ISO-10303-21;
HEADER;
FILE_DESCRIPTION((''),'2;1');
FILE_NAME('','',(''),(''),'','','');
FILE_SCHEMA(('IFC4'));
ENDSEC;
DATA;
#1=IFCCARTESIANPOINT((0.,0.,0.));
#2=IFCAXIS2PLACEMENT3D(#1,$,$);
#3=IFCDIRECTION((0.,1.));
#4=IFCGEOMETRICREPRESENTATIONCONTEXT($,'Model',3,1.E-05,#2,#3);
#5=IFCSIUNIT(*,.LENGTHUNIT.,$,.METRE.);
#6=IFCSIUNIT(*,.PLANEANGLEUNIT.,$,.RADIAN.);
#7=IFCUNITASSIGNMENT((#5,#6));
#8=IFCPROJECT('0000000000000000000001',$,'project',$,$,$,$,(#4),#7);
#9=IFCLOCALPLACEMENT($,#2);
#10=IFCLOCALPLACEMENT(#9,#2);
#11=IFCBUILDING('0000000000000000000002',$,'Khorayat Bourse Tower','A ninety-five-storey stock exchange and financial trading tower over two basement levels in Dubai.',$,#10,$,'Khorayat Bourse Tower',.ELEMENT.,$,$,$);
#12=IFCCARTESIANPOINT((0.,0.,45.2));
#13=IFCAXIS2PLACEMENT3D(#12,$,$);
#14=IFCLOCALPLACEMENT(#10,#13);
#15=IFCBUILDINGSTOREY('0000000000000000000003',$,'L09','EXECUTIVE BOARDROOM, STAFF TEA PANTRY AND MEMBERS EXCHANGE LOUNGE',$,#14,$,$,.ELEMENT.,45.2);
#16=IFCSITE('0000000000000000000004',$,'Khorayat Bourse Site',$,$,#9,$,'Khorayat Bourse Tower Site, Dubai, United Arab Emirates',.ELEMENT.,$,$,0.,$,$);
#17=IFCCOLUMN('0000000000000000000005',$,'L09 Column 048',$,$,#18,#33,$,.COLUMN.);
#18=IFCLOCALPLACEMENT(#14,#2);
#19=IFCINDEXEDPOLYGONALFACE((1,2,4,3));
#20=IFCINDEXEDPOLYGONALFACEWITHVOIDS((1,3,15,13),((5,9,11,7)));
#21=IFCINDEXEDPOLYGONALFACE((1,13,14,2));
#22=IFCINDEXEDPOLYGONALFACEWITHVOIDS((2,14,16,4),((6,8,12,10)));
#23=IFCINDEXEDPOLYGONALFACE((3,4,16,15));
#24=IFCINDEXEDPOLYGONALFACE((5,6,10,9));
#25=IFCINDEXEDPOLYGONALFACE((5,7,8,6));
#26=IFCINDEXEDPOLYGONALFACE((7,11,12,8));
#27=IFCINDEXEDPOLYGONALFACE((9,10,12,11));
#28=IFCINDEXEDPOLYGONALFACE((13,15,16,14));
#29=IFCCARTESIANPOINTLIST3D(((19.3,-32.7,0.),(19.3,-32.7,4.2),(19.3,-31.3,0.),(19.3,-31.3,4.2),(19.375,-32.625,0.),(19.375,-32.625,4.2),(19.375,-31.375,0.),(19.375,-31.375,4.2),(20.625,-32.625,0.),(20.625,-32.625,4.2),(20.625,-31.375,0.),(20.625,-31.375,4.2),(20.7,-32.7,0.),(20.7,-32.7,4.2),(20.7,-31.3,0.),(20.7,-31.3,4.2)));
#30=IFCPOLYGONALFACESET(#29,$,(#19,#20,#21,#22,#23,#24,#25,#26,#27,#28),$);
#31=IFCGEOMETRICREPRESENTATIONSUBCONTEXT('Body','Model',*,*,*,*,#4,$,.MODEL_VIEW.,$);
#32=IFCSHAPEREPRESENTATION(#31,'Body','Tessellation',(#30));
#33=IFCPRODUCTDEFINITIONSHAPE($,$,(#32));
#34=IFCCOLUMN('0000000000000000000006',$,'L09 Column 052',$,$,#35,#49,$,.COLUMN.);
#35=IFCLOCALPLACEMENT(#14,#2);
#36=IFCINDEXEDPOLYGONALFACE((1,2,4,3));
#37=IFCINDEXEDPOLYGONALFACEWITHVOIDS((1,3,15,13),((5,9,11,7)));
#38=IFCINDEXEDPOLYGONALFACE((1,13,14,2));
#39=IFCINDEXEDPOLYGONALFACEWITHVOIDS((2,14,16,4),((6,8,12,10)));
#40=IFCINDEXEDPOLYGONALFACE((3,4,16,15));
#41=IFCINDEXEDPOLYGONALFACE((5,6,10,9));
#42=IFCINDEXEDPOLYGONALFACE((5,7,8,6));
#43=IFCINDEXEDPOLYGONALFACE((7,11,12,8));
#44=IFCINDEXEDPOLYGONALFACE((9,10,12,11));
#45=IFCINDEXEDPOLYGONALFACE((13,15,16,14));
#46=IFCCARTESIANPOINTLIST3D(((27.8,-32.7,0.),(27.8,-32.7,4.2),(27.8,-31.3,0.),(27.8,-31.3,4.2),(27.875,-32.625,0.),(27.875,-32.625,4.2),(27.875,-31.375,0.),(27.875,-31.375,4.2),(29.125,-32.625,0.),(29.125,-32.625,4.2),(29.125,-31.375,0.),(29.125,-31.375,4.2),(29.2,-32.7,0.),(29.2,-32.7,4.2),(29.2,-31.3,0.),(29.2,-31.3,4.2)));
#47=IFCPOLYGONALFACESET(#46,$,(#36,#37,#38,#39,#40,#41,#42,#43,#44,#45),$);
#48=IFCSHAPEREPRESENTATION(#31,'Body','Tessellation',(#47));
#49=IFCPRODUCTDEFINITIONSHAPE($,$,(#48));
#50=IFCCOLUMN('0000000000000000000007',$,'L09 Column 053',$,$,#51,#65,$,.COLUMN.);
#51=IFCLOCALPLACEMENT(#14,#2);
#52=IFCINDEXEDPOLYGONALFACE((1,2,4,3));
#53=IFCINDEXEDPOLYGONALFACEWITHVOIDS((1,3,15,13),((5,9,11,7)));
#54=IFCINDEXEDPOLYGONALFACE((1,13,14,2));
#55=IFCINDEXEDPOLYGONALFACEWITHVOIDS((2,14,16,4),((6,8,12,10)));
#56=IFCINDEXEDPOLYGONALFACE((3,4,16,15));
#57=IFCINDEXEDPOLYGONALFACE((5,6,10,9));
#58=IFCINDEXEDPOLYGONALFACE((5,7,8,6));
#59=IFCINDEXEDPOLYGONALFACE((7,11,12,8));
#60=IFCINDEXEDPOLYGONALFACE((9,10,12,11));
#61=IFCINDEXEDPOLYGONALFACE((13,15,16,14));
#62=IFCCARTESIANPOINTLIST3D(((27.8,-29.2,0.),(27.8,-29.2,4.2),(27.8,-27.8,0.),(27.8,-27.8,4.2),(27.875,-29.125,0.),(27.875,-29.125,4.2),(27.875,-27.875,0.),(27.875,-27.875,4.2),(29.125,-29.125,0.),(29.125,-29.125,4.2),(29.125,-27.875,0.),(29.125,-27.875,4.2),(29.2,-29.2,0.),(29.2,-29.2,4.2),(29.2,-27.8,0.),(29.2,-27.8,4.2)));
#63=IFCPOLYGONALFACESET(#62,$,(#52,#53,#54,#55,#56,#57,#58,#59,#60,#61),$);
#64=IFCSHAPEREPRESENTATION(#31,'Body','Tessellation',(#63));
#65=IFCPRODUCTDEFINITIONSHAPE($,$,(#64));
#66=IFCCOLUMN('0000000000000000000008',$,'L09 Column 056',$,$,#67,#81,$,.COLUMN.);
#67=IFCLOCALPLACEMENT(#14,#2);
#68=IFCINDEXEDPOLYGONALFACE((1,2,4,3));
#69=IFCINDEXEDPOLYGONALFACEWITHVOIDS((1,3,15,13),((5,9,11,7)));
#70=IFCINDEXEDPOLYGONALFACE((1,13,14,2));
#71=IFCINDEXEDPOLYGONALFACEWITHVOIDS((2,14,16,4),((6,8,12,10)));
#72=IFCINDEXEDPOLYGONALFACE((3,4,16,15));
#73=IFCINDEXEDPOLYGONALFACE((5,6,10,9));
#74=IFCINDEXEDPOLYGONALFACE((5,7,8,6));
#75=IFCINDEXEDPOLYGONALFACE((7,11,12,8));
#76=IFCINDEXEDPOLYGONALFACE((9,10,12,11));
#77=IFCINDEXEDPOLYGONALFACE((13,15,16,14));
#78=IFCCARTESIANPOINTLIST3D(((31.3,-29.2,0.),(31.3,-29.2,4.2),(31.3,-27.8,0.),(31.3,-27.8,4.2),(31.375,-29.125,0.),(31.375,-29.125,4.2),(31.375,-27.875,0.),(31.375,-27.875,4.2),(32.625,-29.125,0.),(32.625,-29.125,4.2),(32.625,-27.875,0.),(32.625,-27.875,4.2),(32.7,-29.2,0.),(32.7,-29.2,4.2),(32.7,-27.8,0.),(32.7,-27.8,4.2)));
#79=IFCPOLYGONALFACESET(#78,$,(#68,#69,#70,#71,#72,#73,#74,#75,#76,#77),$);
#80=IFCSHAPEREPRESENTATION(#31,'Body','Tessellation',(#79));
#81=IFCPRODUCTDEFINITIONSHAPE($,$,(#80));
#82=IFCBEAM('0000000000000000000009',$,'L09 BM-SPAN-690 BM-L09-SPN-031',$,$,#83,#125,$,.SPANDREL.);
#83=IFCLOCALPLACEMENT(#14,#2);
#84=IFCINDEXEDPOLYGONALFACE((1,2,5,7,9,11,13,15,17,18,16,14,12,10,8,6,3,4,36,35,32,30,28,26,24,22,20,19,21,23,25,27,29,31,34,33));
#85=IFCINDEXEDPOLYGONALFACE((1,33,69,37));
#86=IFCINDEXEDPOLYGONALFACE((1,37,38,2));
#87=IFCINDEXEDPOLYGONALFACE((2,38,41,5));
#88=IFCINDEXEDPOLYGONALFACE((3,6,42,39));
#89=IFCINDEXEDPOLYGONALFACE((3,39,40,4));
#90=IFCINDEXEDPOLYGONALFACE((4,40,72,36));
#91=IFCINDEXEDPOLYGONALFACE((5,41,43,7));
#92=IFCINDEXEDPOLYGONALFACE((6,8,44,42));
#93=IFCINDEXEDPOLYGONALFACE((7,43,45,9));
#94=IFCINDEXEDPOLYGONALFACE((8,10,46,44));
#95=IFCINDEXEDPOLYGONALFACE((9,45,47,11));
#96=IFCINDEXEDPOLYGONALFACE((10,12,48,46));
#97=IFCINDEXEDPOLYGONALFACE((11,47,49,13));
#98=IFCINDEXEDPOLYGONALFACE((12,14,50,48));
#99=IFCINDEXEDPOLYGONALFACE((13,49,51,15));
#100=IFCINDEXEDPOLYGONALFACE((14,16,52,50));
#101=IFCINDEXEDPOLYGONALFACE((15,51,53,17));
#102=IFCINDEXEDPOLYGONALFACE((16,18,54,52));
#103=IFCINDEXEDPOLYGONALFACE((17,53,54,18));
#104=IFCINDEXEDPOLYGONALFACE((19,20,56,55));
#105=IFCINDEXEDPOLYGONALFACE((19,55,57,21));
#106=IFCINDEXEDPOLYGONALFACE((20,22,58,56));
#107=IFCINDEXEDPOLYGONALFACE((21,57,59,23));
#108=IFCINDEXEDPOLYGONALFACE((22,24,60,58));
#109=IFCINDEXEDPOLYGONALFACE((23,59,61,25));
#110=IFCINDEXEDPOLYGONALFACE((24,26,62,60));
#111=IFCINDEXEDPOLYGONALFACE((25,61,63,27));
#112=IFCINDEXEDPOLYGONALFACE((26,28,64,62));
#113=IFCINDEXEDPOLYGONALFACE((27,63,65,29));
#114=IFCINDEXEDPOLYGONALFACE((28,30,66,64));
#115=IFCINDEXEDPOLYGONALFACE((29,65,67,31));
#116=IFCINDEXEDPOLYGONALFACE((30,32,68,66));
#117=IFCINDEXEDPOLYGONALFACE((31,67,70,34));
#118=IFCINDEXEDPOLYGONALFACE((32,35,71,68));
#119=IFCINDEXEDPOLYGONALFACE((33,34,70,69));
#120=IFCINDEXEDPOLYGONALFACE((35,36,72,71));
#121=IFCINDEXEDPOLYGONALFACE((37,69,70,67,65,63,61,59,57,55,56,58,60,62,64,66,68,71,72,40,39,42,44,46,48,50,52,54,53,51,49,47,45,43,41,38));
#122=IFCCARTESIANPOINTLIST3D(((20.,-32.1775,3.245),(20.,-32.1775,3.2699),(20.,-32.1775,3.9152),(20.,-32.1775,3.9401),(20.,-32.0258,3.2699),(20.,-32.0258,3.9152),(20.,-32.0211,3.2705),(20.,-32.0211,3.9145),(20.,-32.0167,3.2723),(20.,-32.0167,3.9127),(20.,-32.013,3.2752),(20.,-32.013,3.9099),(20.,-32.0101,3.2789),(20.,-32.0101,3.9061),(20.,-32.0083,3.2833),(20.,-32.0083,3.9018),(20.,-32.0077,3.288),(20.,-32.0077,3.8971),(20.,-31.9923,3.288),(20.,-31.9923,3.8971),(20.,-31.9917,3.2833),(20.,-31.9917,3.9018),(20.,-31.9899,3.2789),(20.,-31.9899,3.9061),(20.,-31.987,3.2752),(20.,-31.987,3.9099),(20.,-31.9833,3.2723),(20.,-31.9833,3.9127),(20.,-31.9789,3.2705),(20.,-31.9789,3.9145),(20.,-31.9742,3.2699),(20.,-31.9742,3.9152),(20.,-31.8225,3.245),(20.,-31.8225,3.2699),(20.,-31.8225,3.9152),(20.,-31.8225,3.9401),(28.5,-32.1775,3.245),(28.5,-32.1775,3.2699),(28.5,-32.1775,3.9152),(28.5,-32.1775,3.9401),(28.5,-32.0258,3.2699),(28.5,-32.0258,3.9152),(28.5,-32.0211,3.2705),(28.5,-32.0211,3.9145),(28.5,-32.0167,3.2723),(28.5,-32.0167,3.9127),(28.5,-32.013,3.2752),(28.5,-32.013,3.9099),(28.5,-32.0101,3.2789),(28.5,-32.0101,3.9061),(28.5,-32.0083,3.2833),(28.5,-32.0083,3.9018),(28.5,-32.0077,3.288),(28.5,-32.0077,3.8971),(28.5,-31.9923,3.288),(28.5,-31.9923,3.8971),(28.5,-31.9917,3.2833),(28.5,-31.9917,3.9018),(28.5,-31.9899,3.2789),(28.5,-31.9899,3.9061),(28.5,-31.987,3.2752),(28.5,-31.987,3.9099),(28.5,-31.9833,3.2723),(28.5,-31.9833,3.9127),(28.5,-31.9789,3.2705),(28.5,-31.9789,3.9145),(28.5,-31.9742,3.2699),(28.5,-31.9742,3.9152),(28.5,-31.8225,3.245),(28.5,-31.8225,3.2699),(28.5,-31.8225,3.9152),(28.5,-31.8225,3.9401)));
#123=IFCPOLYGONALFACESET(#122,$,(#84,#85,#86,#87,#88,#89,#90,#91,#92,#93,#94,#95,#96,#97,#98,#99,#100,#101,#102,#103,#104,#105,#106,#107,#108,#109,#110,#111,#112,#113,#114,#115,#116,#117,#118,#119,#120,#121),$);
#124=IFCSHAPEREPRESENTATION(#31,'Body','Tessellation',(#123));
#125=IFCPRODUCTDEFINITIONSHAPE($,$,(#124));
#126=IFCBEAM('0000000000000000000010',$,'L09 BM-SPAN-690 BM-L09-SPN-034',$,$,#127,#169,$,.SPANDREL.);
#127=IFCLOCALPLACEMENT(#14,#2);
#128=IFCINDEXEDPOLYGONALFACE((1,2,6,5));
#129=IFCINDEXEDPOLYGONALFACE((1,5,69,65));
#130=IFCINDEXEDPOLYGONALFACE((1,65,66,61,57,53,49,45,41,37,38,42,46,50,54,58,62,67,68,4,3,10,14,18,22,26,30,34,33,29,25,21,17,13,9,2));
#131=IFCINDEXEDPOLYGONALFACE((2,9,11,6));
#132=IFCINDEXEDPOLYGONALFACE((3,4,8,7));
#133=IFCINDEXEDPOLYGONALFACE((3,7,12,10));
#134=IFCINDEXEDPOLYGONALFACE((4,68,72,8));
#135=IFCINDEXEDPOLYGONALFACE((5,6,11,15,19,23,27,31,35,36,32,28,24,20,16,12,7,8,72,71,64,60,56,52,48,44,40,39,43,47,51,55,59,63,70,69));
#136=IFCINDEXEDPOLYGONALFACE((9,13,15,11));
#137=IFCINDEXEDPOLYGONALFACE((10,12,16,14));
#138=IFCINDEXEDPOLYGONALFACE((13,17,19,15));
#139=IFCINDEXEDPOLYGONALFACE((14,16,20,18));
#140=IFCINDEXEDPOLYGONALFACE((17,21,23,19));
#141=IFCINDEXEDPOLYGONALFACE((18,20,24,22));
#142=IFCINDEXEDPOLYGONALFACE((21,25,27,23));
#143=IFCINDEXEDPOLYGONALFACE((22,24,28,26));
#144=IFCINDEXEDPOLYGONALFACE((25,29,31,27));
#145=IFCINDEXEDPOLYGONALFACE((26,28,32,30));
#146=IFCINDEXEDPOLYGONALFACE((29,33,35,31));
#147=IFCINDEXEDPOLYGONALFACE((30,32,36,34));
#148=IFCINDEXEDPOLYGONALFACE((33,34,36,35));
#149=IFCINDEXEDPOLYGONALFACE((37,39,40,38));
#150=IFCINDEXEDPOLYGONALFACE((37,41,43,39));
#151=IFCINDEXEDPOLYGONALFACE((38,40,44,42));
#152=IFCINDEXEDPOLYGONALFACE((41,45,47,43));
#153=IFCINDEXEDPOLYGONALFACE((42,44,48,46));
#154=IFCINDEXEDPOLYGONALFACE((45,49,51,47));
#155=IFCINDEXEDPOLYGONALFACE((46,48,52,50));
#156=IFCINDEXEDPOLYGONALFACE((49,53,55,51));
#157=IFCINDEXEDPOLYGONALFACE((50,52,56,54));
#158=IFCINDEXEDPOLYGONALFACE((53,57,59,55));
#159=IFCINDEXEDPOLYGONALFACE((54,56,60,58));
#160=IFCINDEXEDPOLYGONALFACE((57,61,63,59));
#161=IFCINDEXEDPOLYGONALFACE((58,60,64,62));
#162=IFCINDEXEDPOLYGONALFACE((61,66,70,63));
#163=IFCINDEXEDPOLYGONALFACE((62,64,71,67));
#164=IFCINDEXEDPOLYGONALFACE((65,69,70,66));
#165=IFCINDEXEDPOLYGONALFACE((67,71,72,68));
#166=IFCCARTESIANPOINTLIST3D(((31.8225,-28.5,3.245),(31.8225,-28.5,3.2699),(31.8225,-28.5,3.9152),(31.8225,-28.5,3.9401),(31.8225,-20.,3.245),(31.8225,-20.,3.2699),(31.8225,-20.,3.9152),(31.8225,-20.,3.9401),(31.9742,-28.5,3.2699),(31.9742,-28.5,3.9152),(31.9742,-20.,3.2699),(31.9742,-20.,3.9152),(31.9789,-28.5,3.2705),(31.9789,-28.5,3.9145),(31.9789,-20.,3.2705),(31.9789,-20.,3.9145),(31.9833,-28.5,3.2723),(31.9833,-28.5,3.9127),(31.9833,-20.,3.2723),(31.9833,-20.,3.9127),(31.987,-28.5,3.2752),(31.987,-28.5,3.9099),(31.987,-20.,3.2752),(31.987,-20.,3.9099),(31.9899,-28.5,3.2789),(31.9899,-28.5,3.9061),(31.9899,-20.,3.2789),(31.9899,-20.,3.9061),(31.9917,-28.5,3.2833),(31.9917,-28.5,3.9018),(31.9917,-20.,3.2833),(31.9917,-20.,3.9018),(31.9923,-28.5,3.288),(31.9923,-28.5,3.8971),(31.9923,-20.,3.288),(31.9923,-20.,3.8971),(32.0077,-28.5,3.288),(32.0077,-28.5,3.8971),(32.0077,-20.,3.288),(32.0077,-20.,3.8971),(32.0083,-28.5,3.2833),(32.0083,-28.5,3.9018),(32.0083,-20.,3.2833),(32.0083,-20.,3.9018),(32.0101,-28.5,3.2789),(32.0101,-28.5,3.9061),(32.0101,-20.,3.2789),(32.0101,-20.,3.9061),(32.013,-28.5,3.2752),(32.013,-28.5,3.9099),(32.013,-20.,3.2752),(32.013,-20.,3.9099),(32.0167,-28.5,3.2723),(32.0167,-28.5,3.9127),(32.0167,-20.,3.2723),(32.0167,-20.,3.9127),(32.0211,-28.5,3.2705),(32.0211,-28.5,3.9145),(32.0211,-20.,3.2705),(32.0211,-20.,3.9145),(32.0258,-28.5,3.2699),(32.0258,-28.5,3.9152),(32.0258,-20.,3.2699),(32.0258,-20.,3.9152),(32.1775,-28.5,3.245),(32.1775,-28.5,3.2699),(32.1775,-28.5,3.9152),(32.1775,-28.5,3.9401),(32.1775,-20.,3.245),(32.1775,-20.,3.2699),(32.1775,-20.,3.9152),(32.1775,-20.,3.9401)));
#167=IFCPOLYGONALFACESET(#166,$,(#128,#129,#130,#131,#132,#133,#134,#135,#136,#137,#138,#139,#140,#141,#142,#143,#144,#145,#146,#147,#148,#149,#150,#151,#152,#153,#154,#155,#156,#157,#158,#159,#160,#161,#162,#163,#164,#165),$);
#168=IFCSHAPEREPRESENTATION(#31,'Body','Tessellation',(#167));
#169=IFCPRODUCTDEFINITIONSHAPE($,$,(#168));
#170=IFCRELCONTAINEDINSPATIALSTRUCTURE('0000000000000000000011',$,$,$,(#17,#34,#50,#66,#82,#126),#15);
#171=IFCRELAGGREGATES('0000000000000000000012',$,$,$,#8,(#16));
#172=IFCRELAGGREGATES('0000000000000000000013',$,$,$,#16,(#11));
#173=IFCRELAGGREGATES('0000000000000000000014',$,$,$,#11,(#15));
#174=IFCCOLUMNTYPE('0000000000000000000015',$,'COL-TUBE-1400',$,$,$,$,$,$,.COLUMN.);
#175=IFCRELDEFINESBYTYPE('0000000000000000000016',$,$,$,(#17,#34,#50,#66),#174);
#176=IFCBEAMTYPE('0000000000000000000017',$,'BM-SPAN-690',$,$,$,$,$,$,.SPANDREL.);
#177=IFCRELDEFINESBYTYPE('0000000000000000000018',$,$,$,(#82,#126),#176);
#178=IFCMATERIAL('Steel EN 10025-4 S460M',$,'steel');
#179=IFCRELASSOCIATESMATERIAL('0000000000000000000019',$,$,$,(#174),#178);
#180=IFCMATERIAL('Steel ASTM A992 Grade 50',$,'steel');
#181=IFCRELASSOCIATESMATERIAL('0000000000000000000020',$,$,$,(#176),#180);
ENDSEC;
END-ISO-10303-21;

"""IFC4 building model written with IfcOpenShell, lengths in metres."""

from ifc_helpers import new_model, si_unit, direction, frame, origin, origin_2d, place, context, subcontext, project, spatial, hollow_rectangle, i_section, extrude, source, transform, mapped, material, material_profile, profile_set, type_object, element, save


model = new_model("IFC4")

# Units and contexts
model_context = context("Model", 3, precision=1e-05, world=origin(), true_north=direction((0.0, 1.0)))
body_context = subcontext(model_context, "Body", "Model", "MODEL_VIEW")
ifc_project = project(units=[si_unit("LENGTHUNIT", "METRE"), si_unit("PLANEANGLEUNIT", "RADIAN")], contexts=[model_context])

# Site, building, storey
site_placement = place(None, origin())
site = spatial("IfcSite", under=ifc_project, at=site_placement, Name="Khorayat Bourse Site", LongName="Khorayat Bourse Tower Site, Dubai, United Arab Emirates", CompositionType="ELEMENT", RefElevation=0.0)
building_placement = place(site_placement, origin())
building = spatial("IfcBuilding", under=site, at=building_placement, Name="Khorayat Bourse Tower", Description="A ninety-five-storey stock exchange and financial trading tower over two basement levels in Dubai.", LongName="Khorayat Bourse Tower", CompositionType="ELEMENT")
storey_placement = place(building_placement, frame((0.0, 0.0, 45.2)))
storey = spatial("IfcBuildingStorey", under=building, at=storey_placement, Name="L09", Description="EXECUTIVE BOARDROOM, STAFF TEA PANTRY AND MEMBERS EXCHANGE LOUNGE", CompositionType="ELEMENT", Elevation=45.2)

# Columns
ifc_material_1 = material(Name="Steel EN 10025-4 S460M", Category="steel")
ifc_material_profile_1 = material_profile(ifc_material_1, hollow_rectangle(XDim=1.3999, YDim=1.3999, WallThickness=0.075, at=origin_2d()), Name="BOX 1400x1400x75")
ifc_profile_set_1 = profile_set([ifc_material_profile_1], Name="Steel EN 10025-4 S460M")
column_type = type_object("IfcColumnType", Name="COL-TUBE-1400", PredefinedType="COLUMN", material=ifc_profile_set_1)
shared_shape_1 = source(origin(), body_context, "Body", "SweptSolid", [
    extrude(hollow_rectangle(XDim=1.3999, YDim=1.3999, WallThickness=0.075, at=origin_2d()), origin(), (0.0, 0.0, 1.0), 4.2),
])
for number, where, z_axis, x_axis, name in (
    (1, (20.0, -32.0, 0.0), (0.0, 0.0, 1.0), (1.0, 0.0, 0.0), "L09 Column 048"),
    (2, (28.5, -32.0, 0.0), (0.0, 0.0, 1.0), (1.0, 0.0, 0.0), "L09 Column 052"),
    (3, (28.5, -28.5, 0.0), (0.0, 0.0, 1.0), (1.0, 0.0, 0.0), "L09 Column 053"),
    (4, (32.0, -28.5, 0.0), (0.0, 0.0, 1.0), (1.0, 0.0, 0.0), "L09 Column 056"),
):
    element("IfcColumn", number, at=place(storey_placement, frame(where, z_axis=z_axis, x_axis=x_axis)), inside=storey, type_object=column_type, Name=name, PredefinedType="COLUMN", context=body_context, shape_type="MappedRepresentation", body=[
        mapped(shared_shape_1, transform((0.0, 0.0, 0.0), scale=1.0)),
    ])

# Beams
ifc_material_2 = material(Name="Steel ASTM A992 Grade 50", Category="steel")
ifc_material_profile_2 = material_profile(ifc_material_2, i_section(OverallWidth=0.355, OverallDepth=0.6951, WebThickness=0.0154, FlangeThickness=0.0249, FilletRadius=0.0181, at=origin_2d()), Name="W690X217")
ifc_profile_set_2 = profile_set([ifc_material_profile_2], Name="Steel ASTM A992 Grade 50")
beam_type_1 = type_object("IfcBeamType", Name="BM-SPAN-690", PredefinedType="SPANDREL", material=ifc_profile_set_2)
shared_shape_2 = source(origin(), body_context, "Body", "SweptSolid", [
    extrude(i_section(OverallWidth=0.355, OverallDepth=0.6951, WebThickness=0.0154, FlangeThickness=0.0249, FilletRadius=0.0181, at=origin_2d()), origin(), (0.0, 0.0, 1.0), 8.5),
])
for number, where, z_axis, x_axis, name in (
    (5, (20.0, -32.0, 3.5925), (1.0, 0.0, 0.0), (0.0, 1.0, 0.0), "L09 BM-SPAN-690 BM-L09-SPN-031"),
    (6, (32.0, -28.5, 3.5925), (0.0, 1.0, 0.0), (-1.0, 0.0, 0.0), "L09 BM-SPAN-690 BM-L09-SPN-034"),
):
    element("IfcBeam", number, at=place(storey_placement, frame(where, z_axis=z_axis, x_axis=x_axis)), inside=storey, type_object=beam_type_1, Name=name, PredefinedType="SPANDREL", context=body_context, shape_type="MappedRepresentation", body=[
        mapped(shared_shape_2, transform((0.0, 0.0, 0.0), scale=1.0)),
    ])

save(model, "model.ifc")
